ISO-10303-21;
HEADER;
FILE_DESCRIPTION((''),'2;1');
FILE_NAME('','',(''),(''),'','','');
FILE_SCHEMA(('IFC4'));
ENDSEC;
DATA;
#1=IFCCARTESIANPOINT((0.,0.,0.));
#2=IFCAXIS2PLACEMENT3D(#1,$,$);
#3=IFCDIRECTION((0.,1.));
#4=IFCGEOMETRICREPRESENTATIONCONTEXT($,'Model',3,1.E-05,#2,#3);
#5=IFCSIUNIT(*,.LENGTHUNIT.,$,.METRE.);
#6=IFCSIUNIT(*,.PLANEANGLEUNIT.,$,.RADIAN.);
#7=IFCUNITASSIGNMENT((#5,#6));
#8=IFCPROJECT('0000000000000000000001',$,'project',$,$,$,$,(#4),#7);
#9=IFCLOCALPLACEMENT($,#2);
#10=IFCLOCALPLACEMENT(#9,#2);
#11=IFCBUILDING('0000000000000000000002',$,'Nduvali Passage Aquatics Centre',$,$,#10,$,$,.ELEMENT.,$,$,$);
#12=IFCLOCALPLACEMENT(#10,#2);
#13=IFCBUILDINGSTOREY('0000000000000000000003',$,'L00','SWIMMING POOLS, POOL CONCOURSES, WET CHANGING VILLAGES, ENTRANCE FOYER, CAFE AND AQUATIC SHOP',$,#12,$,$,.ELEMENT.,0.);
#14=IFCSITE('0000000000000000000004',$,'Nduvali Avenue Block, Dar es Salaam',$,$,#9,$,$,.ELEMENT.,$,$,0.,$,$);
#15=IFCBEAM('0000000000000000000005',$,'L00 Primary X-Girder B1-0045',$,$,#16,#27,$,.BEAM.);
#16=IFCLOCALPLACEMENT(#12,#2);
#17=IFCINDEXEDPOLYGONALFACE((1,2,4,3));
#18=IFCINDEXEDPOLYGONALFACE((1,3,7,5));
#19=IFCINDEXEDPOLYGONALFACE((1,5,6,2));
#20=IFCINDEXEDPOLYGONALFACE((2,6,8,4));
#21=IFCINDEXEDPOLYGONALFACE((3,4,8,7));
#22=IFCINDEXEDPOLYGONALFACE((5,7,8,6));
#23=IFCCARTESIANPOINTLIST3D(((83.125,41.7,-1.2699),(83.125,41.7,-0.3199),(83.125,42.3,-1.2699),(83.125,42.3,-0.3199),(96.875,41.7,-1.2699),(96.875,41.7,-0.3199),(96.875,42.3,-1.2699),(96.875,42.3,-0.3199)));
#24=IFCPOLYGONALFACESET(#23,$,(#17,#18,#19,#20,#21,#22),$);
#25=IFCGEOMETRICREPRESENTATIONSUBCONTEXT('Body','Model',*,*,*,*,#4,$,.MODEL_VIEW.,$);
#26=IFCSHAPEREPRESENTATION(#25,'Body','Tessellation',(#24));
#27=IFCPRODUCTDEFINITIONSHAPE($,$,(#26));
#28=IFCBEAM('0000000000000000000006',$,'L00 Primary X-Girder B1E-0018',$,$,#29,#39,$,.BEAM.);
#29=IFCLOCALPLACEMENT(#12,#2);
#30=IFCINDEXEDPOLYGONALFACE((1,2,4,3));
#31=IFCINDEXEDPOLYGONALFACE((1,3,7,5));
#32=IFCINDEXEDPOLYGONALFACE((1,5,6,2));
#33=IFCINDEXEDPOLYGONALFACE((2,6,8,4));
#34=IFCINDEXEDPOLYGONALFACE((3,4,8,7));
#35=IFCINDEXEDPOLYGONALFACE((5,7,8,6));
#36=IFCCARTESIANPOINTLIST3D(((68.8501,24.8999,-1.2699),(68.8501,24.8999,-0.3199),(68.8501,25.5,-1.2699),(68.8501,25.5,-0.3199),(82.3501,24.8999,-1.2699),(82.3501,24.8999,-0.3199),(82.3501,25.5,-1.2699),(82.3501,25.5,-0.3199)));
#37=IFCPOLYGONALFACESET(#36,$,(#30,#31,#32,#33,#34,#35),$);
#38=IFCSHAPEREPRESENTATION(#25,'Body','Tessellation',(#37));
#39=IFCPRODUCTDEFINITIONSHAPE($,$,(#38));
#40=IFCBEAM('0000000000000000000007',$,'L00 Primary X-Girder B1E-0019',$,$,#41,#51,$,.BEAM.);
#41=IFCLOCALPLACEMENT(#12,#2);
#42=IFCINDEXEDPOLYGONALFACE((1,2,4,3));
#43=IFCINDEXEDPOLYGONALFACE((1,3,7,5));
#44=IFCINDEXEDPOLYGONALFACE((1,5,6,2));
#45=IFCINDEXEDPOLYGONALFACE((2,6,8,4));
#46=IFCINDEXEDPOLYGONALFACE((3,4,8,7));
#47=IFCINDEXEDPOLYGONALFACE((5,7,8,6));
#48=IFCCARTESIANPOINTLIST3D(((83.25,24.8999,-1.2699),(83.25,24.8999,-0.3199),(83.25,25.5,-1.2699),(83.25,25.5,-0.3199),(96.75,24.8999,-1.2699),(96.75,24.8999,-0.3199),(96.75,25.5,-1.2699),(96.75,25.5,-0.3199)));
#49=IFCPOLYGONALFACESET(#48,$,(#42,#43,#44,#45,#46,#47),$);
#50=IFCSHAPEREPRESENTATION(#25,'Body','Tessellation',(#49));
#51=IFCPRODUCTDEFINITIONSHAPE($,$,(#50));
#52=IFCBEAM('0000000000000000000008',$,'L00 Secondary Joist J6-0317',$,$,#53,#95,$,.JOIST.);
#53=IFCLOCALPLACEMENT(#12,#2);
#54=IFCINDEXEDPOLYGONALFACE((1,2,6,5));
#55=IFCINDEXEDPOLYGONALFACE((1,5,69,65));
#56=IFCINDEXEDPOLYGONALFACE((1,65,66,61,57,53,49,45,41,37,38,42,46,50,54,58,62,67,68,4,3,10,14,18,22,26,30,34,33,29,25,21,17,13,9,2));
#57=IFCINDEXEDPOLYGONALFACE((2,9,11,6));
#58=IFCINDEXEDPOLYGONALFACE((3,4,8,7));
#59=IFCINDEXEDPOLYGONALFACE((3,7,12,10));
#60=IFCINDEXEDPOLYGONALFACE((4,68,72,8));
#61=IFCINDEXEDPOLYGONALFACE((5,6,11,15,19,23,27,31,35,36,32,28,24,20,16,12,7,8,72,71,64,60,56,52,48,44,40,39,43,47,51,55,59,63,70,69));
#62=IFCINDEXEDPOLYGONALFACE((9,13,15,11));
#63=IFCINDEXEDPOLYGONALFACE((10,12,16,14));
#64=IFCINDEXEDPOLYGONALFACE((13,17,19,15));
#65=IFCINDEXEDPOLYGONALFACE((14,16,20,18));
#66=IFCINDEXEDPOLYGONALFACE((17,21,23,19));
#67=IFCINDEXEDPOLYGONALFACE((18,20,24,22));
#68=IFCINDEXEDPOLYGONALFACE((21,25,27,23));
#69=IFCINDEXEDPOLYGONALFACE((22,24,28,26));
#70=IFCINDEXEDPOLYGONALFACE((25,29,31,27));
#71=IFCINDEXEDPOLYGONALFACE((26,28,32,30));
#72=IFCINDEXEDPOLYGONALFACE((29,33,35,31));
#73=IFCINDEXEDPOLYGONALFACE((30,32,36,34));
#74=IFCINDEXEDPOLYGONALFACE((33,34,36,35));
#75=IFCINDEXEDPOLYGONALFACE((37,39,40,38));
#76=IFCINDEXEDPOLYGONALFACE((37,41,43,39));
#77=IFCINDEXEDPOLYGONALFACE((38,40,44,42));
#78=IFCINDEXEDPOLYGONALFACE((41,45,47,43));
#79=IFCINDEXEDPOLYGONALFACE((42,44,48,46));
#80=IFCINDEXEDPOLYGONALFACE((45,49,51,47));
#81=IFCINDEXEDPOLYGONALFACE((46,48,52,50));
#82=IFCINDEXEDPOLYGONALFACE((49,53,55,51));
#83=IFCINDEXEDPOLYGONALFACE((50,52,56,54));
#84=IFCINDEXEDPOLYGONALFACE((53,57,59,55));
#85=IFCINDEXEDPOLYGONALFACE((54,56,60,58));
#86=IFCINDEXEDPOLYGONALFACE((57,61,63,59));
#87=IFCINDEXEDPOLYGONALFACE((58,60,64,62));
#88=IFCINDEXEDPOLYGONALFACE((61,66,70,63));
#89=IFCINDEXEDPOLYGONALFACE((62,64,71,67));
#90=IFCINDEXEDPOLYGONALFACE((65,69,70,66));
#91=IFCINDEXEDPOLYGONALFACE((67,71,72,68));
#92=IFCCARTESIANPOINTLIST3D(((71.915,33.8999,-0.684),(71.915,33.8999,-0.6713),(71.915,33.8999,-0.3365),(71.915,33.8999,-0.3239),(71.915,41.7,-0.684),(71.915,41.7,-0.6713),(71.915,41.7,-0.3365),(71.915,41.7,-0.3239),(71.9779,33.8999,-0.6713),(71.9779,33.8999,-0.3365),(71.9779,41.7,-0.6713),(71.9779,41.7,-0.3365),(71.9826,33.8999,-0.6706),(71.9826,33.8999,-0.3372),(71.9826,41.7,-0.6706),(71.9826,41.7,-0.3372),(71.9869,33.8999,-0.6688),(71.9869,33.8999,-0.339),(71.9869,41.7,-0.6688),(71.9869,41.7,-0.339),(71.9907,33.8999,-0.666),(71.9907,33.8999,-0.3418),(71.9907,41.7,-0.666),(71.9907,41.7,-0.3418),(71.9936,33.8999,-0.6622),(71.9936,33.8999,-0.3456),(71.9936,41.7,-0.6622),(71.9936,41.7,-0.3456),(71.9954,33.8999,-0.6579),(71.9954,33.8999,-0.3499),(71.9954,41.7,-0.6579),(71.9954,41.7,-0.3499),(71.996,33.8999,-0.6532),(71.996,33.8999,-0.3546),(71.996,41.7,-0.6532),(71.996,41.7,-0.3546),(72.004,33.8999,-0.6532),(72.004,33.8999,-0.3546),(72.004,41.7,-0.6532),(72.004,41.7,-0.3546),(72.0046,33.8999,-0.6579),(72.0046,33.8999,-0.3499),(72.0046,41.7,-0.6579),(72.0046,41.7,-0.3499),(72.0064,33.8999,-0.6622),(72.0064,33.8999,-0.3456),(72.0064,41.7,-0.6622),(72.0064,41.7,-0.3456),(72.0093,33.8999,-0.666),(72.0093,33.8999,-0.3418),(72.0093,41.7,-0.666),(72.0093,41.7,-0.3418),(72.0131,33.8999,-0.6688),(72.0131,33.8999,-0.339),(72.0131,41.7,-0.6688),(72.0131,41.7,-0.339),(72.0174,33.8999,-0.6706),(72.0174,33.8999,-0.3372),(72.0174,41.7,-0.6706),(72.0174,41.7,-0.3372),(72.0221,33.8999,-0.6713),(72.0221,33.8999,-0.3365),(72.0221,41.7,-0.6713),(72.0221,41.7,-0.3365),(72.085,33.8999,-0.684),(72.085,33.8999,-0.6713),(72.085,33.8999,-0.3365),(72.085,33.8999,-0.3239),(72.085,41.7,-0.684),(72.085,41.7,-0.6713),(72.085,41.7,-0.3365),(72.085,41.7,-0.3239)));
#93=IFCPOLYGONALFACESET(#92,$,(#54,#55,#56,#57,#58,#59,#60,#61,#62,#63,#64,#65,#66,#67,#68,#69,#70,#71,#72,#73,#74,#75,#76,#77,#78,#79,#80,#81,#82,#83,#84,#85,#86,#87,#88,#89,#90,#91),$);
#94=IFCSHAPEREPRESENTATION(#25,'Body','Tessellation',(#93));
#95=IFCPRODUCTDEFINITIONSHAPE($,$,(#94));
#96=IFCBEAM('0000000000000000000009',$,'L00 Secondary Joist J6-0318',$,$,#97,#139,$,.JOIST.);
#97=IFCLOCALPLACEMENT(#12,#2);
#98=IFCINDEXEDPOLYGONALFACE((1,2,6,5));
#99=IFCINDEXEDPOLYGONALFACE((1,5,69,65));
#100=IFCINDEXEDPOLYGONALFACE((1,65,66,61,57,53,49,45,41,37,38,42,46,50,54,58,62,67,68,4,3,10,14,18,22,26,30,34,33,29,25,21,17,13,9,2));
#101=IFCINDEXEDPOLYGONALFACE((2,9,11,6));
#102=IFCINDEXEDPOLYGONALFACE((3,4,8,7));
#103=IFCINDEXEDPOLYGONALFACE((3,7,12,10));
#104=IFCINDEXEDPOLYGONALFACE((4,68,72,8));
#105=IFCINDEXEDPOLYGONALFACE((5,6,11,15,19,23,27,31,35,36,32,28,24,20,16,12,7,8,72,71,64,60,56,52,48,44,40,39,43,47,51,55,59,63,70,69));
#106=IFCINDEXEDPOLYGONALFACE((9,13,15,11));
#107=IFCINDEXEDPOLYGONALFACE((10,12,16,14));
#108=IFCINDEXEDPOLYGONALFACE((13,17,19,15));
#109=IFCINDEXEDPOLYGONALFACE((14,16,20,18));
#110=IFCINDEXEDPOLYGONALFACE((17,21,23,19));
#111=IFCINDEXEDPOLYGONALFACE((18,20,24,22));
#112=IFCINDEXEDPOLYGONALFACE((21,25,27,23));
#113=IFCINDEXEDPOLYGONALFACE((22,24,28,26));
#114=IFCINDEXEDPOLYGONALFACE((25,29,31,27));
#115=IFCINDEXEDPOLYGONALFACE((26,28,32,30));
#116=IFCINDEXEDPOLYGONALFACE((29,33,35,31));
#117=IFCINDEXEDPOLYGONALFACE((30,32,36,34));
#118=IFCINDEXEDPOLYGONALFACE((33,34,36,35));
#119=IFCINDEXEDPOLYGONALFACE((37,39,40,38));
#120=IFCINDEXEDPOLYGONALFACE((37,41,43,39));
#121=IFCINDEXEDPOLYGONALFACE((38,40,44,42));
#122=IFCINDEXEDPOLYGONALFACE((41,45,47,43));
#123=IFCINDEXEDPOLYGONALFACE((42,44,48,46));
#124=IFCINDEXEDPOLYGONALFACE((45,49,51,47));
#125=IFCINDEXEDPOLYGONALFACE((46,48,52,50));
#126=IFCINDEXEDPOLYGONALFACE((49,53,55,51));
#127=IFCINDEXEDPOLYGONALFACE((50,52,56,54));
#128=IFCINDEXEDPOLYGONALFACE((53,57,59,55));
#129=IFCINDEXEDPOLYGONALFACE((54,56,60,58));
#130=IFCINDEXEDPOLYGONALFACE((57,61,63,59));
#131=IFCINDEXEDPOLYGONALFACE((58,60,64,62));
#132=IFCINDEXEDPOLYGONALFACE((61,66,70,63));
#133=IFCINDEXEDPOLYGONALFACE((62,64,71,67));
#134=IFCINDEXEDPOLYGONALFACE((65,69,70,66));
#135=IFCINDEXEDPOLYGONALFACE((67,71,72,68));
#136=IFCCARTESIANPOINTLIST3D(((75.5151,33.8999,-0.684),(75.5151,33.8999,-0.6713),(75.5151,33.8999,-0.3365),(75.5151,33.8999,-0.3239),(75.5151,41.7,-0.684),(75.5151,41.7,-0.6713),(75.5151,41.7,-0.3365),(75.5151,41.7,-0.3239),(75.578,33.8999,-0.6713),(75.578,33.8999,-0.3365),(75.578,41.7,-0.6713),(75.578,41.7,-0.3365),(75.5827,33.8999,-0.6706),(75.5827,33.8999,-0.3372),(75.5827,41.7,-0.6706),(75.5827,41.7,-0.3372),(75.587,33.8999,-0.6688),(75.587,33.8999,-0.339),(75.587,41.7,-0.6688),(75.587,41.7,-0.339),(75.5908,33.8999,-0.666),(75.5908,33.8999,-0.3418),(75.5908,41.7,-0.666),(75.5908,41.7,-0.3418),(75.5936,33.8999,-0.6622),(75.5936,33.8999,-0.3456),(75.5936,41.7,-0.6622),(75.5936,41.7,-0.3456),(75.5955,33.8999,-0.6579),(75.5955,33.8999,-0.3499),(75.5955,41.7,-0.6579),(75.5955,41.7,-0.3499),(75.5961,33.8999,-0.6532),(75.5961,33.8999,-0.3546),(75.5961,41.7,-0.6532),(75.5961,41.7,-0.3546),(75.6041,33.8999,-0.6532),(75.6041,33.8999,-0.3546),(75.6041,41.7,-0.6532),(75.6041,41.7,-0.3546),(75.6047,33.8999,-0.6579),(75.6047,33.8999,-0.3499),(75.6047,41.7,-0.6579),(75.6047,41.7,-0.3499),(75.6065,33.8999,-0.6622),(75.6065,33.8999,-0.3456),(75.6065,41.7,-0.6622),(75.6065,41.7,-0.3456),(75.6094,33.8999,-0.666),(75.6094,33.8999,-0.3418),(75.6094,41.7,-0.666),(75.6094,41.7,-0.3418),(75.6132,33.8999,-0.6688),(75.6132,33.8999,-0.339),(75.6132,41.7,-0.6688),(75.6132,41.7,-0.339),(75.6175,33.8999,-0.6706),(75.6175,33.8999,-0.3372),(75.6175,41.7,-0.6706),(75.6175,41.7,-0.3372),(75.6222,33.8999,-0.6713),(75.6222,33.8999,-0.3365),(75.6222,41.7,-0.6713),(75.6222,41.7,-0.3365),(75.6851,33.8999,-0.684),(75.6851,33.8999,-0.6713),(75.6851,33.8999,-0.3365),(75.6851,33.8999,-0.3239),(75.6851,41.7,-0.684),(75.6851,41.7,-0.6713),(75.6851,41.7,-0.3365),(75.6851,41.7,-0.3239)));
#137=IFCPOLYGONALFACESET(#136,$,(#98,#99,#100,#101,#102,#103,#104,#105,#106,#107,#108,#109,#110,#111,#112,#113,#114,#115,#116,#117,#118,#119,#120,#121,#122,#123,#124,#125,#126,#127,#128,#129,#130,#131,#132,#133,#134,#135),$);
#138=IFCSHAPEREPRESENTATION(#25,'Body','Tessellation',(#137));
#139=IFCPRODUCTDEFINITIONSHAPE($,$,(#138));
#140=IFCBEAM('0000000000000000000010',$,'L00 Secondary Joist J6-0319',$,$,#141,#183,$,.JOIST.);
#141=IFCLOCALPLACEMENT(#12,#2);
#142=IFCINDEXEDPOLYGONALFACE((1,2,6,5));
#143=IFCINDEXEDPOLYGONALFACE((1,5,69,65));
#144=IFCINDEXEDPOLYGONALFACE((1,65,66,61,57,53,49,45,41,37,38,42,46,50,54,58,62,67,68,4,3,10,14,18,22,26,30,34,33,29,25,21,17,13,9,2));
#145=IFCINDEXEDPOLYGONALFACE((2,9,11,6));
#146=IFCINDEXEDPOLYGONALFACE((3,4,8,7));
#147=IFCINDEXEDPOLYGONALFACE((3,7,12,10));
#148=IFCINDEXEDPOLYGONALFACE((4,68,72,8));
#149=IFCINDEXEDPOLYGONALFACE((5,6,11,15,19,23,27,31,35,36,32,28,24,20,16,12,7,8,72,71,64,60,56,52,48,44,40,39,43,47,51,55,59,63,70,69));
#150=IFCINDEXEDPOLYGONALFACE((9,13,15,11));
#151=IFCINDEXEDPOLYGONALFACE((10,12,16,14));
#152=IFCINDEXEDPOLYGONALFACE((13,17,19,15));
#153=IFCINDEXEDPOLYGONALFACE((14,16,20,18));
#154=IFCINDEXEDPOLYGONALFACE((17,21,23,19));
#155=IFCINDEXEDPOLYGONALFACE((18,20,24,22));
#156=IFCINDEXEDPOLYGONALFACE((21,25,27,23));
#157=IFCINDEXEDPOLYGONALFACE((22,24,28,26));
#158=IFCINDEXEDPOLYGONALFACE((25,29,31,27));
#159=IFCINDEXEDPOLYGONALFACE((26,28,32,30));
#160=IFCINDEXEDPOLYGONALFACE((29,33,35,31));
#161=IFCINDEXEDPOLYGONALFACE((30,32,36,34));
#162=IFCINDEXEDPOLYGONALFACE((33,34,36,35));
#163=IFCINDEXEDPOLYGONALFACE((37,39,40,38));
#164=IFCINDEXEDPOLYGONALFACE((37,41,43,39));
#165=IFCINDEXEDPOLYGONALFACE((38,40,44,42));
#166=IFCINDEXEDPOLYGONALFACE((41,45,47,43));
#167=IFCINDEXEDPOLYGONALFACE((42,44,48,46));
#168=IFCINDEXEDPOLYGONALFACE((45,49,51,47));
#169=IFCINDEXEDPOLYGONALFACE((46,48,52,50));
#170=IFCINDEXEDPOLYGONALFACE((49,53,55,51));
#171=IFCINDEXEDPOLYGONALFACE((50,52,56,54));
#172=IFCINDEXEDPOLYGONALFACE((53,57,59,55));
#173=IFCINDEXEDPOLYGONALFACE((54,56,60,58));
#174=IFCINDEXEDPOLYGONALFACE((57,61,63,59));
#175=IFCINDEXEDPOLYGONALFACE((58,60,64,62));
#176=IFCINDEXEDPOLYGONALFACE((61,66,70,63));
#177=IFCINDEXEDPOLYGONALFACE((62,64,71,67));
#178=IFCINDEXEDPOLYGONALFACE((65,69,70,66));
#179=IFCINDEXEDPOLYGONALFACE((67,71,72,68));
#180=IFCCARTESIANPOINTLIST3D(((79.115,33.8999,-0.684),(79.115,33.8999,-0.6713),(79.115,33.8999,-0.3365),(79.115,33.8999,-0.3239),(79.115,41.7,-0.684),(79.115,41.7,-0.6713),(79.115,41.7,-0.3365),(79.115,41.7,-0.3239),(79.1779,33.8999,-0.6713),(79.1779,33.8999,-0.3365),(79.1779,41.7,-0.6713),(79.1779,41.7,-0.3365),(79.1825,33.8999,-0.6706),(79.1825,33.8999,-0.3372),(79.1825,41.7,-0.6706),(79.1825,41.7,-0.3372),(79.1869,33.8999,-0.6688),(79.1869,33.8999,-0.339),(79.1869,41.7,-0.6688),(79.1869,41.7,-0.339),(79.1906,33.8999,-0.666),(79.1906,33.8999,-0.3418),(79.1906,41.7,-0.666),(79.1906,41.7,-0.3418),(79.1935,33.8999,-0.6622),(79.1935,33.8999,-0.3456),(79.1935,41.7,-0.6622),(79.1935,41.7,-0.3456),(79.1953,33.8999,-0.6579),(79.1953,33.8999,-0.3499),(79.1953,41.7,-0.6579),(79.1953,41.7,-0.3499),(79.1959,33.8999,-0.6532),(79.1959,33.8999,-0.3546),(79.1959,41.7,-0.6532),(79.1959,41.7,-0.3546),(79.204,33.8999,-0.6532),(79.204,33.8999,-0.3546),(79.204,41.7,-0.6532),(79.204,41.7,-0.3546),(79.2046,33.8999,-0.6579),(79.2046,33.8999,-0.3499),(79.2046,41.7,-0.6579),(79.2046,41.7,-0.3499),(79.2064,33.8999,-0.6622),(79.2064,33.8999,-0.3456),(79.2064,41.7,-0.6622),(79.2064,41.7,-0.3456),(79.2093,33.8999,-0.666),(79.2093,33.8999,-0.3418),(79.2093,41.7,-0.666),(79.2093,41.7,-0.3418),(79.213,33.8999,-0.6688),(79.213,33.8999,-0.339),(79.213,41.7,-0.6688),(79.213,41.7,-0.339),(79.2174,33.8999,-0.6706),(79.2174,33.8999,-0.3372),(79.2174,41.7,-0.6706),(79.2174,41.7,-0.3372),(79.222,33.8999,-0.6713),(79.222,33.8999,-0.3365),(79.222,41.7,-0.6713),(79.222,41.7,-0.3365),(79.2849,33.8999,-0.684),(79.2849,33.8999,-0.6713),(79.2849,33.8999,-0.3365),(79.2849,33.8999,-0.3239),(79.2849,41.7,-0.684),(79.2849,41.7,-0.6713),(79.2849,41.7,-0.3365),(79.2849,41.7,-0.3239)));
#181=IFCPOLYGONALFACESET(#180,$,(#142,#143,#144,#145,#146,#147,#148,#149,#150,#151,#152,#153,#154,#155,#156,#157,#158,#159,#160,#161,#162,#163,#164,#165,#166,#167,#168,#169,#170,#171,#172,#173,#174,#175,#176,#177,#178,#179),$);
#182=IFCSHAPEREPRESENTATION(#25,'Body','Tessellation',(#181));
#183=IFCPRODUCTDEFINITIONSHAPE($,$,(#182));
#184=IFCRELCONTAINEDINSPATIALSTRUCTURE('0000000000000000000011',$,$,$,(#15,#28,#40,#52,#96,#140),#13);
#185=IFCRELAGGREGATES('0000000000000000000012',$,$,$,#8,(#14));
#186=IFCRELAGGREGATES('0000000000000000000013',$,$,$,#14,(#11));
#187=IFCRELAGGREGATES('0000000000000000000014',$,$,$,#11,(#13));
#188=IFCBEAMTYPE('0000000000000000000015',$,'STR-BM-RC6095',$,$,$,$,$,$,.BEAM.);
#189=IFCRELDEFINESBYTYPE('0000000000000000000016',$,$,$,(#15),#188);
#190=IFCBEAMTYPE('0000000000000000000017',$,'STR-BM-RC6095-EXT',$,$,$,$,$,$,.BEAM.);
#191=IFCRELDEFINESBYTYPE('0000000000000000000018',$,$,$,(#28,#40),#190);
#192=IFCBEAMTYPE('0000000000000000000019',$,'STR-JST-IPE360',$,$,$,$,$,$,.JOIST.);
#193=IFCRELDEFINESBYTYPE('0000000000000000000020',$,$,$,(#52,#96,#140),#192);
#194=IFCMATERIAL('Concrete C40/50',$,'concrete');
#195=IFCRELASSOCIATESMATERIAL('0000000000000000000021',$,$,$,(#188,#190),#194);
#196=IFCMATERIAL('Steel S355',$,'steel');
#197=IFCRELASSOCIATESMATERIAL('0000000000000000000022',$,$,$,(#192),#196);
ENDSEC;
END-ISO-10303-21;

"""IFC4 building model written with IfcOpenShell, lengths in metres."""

from ifc_helpers import new_model, si_unit, direction, frame, origin, origin_2d, place, context, subcontext, project, spatial, rectangle, i_section, extrude, material, material_profile, profile_set, type_object, element, save


model = new_model("IFC4")

# Units and contexts
model_context = context("Model", 3, precision=1e-05, world=origin(), true_north=direction((0.0, 1.0)))
body_context = subcontext(model_context, "Body", "Model", "MODEL_VIEW")
ifc_project = project(units=[si_unit("LENGTHUNIT", "METRE"), si_unit("PLANEANGLEUNIT", "RADIAN")], contexts=[model_context])

# Site, building, storey
site_placement = place(None, origin())
site = spatial("IfcSite", under=ifc_project, at=site_placement, Name="Nduvali Avenue Block, Dar es Salaam", CompositionType="ELEMENT", RefElevation=0.0)
building_placement = place(site_placement, origin())
building = spatial("IfcBuilding", under=site, at=building_placement, Name="Nduvali Passage Aquatics Centre", CompositionType="ELEMENT")
storey_placement = place(building_placement, origin())
storey = spatial("IfcBuildingStorey", under=building, at=storey_placement, Name="L00", Description="SWIMMING POOLS, POOL CONCOURSES, WET CHANGING VILLAGES, ENTRANCE FOYER, CAFE AND AQUATIC SHOP", CompositionType="ELEMENT", Elevation=0.0)

# Shared definitions
ifc_material_1 = material(Name="Concrete C40/50", Category="concrete")

# Beams
ifc_material_profile_1 = material_profile(ifc_material_1, rectangle(XDim=0.6001, YDim=0.95, at=origin_2d()), Name="RC 600x950")
ifc_profile_set_1 = profile_set([ifc_material_profile_1], Name="Concrete C40/50")
beam_type_1 = type_object("IfcBeamType", Name="STR-BM-RC6095", PredefinedType="BEAM", material=ifc_profile_set_1)
for number, where, z_axis, x_axis, name in (
    (1, (83.125, 42.0, -0.7949), (1.0, 0.0, 0.0), (0.0, 1.0, 0.0), "L00 Primary X-Girder B1-0045"),
):
    element("IfcBeam", number, at=place(storey_placement, frame(where, z_axis=z_axis, x_axis=x_axis)), inside=storey, type_object=beam_type_1, Name=name, PredefinedType="BEAM", context=body_context, shape_type="SweptSolid", body=[
        extrude(rectangle(XDim=0.6001, YDim=0.95, at=origin_2d()), origin(), (0.0, 0.0, 1.0), 13.75),
    ])
ifc_material_profile_2 = material_profile(ifc_material_1, rectangle(XDim=0.6001, YDim=0.95, at=origin_2d()), Name="RC 600x950")
ifc_profile_set_2 = profile_set([ifc_material_profile_2], Name="Concrete C40/50")
beam_type_2 = type_object("IfcBeamType", Name="STR-BM-RC6095-EXT", PredefinedType="BEAM", material=ifc_profile_set_2)
for number, where, z_axis, x_axis, name in (
    (2, (68.8501, 25.2, -0.7949), (1.0, 0.0, 0.0), (0.0, 1.0, 0.0), "L00 Primary X-Girder B1E-0018"),
    (3, (83.25, 25.2, -0.7949), (1.0, 0.0, 0.0), (0.0, 1.0, 0.0), "L00 Primary X-Girder B1E-0019"),
):
    element("IfcBeam", number, at=place(storey_placement, frame(where, z_axis=z_axis, x_axis=x_axis)), inside=storey, type_object=beam_type_2, Name=name, PredefinedType="BEAM", context=body_context, shape_type="SweptSolid", body=[
        extrude(rectangle(XDim=0.6001, YDim=0.95, at=origin_2d()), origin(), (0.0, 0.0, 1.0), 13.5),
    ])
ifc_material_2 = material(Name="Steel S355", Category="steel")
ifc_material_profile_3 = material_profile(ifc_material_2, i_section(OverallWidth=0.1699, OverallDepth=0.3601, WebThickness=0.0081, FlangeThickness=0.0127, FilletRadius=0.0181, at=origin_2d()), Name="IPE 360")
ifc_profile_set_3 = profile_set([ifc_material_profile_3], Name="Steel S355")
beam_type_3 = type_object("IfcBeamType", Name="STR-JST-IPE360", PredefinedType="JOIST", material=ifc_profile_set_3)
for number, where, z_axis, x_axis, name in (
    (4, (72.0, 33.8999, -0.5039), (0.0, 1.0, 0.0), (-1.0, 0.0, 0.0), "L00 Secondary Joist J6-0317"),
    (5, (75.6001, 33.8999, -0.5039), (0.0, 1.0, 0.0), (-1.0, 0.0, 0.0), "L00 Secondary Joist J6-0318"),
    (6, (79.2, 33.8999, -0.5039), (0.0, 1.0, 0.0), (-1.0, 0.0, 0.0), "L00 Secondary Joist J6-0319"),
):
    element("IfcBeam", number, at=place(storey_placement, frame(where, z_axis=z_axis, x_axis=x_axis)), inside=storey, type_object=beam_type_3, Name=name, PredefinedType="JOIST", context=body_context, shape_type="SweptSolid", body=[
        extrude(i_section(OverallWidth=0.1699, OverallDepth=0.3601, WebThickness=0.0081, FlangeThickness=0.0127, FilletRadius=0.0181, at=origin_2d()), origin(), (0.0, 0.0, 1.0), 7.8),
    ])

save(model, "model.ifc")
